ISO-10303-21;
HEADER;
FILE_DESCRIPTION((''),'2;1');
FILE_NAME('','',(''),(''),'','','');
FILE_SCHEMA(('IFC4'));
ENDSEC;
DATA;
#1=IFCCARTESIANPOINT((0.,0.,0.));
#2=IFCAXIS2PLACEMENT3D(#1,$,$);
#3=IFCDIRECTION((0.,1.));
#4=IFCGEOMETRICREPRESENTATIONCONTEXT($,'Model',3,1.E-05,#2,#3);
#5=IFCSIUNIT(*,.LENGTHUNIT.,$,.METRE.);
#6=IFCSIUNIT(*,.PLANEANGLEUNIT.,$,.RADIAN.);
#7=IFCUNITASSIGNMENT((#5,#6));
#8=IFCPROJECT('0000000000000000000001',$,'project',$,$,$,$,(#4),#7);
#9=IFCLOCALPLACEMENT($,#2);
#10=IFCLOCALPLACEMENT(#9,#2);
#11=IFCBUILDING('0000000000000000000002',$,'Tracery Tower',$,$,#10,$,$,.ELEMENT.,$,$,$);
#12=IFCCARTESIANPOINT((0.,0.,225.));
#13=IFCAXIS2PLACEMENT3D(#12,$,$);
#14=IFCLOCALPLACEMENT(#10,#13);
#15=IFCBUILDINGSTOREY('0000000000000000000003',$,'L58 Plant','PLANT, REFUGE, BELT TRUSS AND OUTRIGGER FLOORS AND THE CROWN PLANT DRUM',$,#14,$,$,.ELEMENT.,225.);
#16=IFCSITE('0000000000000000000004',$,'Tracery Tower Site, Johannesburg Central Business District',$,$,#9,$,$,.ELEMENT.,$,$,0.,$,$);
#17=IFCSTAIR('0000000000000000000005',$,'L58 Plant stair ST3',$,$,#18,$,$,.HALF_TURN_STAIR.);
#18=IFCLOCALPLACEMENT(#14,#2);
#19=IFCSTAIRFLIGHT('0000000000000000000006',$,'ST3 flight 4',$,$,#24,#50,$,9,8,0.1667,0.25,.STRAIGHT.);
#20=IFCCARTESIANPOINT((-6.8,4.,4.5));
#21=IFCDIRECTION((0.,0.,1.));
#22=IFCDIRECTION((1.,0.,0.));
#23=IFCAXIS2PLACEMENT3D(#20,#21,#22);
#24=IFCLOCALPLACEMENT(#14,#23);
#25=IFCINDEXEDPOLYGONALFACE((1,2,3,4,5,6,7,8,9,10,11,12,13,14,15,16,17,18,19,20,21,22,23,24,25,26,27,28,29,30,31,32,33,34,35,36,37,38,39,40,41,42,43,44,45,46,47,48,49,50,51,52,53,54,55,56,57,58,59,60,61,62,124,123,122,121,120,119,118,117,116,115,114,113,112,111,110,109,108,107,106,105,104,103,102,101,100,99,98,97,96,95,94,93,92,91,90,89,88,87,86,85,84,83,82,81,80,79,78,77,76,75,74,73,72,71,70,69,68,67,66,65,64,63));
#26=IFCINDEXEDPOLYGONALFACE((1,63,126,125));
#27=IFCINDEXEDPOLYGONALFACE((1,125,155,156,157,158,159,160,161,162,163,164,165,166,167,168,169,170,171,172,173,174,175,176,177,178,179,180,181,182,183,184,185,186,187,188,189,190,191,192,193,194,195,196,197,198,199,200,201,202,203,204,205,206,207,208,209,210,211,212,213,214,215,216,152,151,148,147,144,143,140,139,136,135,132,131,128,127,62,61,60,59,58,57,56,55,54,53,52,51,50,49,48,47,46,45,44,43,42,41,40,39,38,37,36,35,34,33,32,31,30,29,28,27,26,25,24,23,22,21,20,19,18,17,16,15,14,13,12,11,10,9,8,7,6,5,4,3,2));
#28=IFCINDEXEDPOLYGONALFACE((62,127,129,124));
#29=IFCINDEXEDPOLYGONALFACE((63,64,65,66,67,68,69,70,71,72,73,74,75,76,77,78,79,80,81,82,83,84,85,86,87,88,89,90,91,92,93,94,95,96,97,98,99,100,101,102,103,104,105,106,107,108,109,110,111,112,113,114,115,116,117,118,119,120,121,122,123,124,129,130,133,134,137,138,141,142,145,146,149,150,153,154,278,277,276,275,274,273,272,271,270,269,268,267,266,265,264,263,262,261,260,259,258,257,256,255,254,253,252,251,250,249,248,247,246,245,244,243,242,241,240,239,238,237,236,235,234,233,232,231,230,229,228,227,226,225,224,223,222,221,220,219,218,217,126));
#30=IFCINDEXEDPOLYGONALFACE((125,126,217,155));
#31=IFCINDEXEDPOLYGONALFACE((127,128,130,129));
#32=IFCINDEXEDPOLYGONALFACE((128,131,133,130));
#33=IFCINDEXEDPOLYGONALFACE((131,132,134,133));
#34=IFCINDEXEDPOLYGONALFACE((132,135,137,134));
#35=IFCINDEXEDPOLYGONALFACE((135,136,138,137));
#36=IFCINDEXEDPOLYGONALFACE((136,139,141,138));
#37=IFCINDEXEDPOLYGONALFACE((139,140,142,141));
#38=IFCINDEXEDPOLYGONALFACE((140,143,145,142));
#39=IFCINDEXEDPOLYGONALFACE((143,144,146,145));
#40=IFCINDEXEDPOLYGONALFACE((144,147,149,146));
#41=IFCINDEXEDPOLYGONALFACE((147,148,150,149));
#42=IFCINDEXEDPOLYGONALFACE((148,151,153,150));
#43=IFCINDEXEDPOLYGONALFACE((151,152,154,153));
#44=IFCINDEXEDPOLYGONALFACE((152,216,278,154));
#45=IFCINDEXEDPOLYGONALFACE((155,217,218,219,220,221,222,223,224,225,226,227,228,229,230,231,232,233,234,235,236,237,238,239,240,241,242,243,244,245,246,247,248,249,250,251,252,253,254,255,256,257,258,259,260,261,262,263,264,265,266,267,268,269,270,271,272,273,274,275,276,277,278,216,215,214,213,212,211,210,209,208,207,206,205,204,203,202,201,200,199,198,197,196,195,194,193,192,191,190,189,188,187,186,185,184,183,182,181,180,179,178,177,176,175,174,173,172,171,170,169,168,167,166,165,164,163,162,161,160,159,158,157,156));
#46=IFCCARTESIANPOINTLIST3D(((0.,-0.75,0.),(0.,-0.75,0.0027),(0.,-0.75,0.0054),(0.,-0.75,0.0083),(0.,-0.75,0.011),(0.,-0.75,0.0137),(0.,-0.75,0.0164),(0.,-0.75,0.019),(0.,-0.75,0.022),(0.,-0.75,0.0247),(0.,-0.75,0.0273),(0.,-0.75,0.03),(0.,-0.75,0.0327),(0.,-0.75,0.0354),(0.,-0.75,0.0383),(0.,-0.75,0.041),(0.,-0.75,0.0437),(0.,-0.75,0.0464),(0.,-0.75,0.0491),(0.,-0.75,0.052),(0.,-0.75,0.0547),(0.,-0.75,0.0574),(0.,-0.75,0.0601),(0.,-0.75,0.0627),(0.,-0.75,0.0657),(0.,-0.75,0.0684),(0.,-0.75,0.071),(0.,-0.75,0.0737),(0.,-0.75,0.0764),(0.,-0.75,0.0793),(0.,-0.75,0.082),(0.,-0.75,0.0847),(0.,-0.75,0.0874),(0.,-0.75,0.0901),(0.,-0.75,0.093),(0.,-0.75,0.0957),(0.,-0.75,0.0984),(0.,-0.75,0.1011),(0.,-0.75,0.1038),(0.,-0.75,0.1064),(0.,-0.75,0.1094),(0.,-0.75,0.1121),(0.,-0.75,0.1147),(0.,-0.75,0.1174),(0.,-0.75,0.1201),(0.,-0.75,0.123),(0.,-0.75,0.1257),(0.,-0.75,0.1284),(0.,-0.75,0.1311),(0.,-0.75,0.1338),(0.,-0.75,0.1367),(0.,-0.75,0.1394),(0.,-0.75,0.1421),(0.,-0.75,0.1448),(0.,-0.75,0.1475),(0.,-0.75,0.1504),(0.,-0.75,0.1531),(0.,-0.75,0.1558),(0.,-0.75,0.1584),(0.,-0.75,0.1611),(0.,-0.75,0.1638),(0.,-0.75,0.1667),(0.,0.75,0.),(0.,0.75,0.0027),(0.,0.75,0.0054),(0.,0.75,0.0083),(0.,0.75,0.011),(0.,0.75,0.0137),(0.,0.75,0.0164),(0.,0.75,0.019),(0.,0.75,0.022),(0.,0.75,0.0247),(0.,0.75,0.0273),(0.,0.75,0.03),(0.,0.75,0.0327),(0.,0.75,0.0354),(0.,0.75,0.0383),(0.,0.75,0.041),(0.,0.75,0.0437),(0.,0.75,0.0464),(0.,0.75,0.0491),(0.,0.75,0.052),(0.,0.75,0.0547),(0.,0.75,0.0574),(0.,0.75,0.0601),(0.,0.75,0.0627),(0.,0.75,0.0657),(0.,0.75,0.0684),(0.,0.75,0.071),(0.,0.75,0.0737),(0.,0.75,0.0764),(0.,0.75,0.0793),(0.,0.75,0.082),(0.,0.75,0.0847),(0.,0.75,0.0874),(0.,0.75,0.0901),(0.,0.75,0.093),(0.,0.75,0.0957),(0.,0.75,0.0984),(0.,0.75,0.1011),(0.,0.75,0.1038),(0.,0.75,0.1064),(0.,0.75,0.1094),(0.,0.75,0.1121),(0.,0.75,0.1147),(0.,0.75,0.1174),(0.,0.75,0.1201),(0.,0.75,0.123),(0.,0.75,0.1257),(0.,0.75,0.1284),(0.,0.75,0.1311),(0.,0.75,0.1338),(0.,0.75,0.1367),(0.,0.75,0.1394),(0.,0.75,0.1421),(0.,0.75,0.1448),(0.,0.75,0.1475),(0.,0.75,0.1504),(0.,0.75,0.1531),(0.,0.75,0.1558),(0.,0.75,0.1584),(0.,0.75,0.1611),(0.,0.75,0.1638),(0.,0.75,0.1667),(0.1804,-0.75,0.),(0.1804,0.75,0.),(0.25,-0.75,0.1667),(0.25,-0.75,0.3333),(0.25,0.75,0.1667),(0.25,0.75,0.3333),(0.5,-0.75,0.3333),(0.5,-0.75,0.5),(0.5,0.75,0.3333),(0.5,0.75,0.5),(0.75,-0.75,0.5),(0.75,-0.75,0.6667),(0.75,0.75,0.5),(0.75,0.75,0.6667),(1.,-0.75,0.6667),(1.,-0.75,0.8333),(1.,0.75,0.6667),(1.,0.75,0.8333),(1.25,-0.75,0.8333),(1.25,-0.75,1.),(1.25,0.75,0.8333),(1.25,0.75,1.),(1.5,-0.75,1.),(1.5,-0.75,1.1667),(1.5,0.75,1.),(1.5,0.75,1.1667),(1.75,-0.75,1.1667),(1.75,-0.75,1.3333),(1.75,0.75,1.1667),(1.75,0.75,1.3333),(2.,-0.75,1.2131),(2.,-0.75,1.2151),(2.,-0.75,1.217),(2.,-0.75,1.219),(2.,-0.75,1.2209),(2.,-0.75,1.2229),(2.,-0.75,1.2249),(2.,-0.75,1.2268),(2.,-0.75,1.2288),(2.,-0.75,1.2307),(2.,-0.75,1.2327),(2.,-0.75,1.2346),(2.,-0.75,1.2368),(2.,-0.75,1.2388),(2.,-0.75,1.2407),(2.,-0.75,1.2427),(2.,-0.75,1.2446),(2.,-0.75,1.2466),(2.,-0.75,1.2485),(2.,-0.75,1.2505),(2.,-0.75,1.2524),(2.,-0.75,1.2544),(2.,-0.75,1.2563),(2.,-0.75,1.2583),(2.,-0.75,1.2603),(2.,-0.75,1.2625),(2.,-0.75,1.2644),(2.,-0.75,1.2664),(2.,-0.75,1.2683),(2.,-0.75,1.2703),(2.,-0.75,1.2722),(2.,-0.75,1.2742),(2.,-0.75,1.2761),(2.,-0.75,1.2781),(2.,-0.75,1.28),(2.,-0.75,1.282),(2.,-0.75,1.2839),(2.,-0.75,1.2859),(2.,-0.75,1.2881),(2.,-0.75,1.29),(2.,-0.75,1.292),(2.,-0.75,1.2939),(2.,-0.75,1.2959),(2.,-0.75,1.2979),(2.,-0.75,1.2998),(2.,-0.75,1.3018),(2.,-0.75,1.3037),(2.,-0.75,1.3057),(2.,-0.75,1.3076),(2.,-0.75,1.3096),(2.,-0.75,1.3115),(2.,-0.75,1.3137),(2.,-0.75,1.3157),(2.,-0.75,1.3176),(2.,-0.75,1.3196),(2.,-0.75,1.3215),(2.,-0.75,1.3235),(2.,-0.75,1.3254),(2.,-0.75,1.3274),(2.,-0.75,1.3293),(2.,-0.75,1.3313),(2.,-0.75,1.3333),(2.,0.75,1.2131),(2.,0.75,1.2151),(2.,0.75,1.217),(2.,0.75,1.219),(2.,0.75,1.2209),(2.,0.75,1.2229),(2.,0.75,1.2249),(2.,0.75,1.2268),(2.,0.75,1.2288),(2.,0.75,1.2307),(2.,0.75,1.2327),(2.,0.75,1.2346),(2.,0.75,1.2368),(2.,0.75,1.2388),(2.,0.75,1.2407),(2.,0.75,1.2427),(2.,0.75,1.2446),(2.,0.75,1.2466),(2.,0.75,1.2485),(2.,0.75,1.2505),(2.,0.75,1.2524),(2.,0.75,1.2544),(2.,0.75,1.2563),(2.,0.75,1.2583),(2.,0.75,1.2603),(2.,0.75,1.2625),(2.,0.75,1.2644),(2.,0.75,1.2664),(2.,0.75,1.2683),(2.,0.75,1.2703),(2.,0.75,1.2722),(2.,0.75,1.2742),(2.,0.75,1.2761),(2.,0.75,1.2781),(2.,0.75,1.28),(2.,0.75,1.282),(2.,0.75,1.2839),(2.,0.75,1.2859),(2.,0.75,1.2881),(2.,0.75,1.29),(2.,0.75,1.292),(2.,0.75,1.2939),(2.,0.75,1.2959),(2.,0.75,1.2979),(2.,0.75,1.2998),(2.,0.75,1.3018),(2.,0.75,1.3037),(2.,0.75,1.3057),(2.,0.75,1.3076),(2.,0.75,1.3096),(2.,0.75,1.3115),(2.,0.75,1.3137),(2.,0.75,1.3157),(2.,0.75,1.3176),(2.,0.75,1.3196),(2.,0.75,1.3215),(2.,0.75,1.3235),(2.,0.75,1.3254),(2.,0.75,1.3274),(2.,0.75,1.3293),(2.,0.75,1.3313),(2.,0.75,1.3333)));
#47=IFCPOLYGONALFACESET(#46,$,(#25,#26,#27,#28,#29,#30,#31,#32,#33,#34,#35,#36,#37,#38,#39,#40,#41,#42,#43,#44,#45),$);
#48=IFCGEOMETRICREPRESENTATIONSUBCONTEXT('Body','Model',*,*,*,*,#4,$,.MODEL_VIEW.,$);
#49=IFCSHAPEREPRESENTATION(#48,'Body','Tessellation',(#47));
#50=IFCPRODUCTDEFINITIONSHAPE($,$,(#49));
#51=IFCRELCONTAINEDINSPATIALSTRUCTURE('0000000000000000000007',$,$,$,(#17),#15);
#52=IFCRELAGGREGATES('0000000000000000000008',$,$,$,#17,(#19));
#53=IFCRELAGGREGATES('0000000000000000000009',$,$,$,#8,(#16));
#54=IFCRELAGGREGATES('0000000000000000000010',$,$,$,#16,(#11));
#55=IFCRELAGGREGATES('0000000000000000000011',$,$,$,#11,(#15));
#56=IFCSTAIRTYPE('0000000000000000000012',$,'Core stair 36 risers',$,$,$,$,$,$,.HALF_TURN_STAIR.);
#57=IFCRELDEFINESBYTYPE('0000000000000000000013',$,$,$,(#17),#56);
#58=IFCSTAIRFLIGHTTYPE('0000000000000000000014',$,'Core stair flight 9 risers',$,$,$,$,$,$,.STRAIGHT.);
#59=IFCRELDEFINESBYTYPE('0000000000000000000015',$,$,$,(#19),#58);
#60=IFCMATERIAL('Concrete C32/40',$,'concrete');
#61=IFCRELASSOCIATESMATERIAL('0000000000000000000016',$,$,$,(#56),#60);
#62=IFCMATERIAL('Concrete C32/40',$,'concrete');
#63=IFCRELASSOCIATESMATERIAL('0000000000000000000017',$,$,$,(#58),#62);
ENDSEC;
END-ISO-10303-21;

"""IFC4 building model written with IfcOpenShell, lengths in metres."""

from ifc_helpers import new_model, si_unit, direction, frame, origin, place, context, subcontext, project, spatial, polyline, outline, extrude, material, type_object, element, aggregate, save


model = new_model("IFC4")

# Units and contexts
model_context = context("Model", 3, precision=1e-05, world=origin(), true_north=direction((0.0, 1.0)))
body_context = subcontext(model_context, "Body", "Model", "MODEL_VIEW")
ifc_project = project(units=[si_unit("LENGTHUNIT", "METRE"), si_unit("PLANEANGLEUNIT", "RADIAN")], contexts=[model_context])

# Site, building, storey
site_placement = place(None, origin())
site = spatial("IfcSite", under=ifc_project, at=site_placement, Name="Tracery Tower Site, Johannesburg Central Business District", CompositionType="ELEMENT", RefElevation=0.0)
building_placement = place(site_placement, origin())
building = spatial("IfcBuilding", under=site, at=building_placement, Name="Tracery Tower", CompositionType="ELEMENT")
storey_placement = place(building_placement, frame((0.0, 0.0, 225.0)))
storey = spatial("IfcBuildingStorey", under=building, at=storey_placement, Name="L58 Plant", Description="PLANT, REFUGE, BELT TRUSS AND OUTRIGGER FLOORS AND THE CROWN PLANT DRUM", CompositionType="ELEMENT", Elevation=225.0)

# Stair, stair flight
ifc_material_1 = material(Name="Concrete C32/40", Category="concrete")
stair_type = type_object("IfcStairType", Name="Core stair 36 risers", PredefinedType="HALF_TURN_STAIR", material=ifc_material_1)
stair_placement = place(storey_placement, origin())
stair = element("IfcStair", 1, at=stair_placement, inside=storey, type_object=stair_type, Name="L58 Plant stair ST3", PredefinedType="HALF_TURN_STAIR")
ifc_material_2 = material(Name="Concrete C32/40", Category="concrete")
stair_flight_type = type_object("IfcStairFlightType", Name="Core stair flight 9 risers", PredefinedType="STRAIGHT", material=ifc_material_2)
stair_flight_1_placement = place(storey_placement, frame((-6.8, 4.0, 4.5), z_axis=(0.0, 0.0, 1.0), x_axis=(1.0, 0.0, 0.0)))
stair_flight_1 = element("IfcStairFlight", 2, at=stair_flight_1_placement, type_object=stair_flight_type, Name="ST3 flight 4", NumberOfRisers=9, NumberOfTreads=8, PredefinedType="STRAIGHT", RiserHeight=0.1667, TreadLength=0.25, context=body_context, shape_type="SweptSolid", body=[
    extrude(outline(polyline([(0.0, 0.0), (0.0, 0.0027), (0.0, 0.0054), (0.0, 0.0083), (0.0, 0.011), (0.0, 0.0137), (0.0, 0.0164), (0.0, 0.019), (0.0, 0.022), (0.0, 0.0247), (0.0, 0.0273), (0.0, 0.03), (0.0, 0.0327), (0.0, 0.0354), (0.0, 0.0383), (0.0, 0.041), (0.0, 0.0437), (0.0, 0.0464), (0.0, 0.0491), (0.0, 0.052), (0.0, 0.0547), (0.0, 0.0574), (0.0, 0.0601), (0.0, 0.0627), (0.0, 0.0657), (0.0, 0.0684), (0.0, 0.071), (0.0, 0.0737), (0.0, 0.0764), (0.0, 0.0793), (0.0, 0.082), (0.0, 0.0847), (0.0, 0.0874), (0.0, 0.0901), (0.0, 0.093), (0.0, 0.0957), (0.0, 0.0984), (0.0, 0.1011), (0.0, 0.1038), (0.0, 0.1064), (0.0, 0.1094), (0.0, 0.1121), (0.0, 0.1147), (0.0, 0.1174), (0.0, 0.1201), (0.0, 0.123), (0.0, 0.1257), (0.0, 0.1284), (0.0, 0.1311), (0.0, 0.1338), (0.0, 0.1367), (0.0, 0.1394), (0.0, 0.1421), (0.0, 0.1448), (0.0, 0.1475), (0.0, 0.1504), (0.0, 0.1531), (0.0, 0.1558), (0.0, 0.1584), (0.0, 0.1611), (0.0, 0.1638), (0.0, 0.1667), (0.25, 0.1667), (0.25, 0.3333), (0.5, 0.3333), (0.5, 0.5), (0.75, 0.5), (0.75, 0.6667), (1.0, 0.6667), (1.0, 0.8333), (1.25, 0.8333), (1.25, 1.0), (1.5, 1.0), (1.5, 1.1667), (1.75, 1.1667), (1.75, 1.3333), (2.0, 1.3333), (2.0, 1.3313), (2.0, 1.3293), (2.0, 1.3274), (2.0, 1.3254), (2.0, 1.3235), (2.0, 1.3215), (2.0, 1.3196), (2.0, 1.3176), (2.0, 1.3157), (2.0, 1.3137), (2.0, 1.3115), (2.0, 1.3096), (2.0, 1.3076), (2.0, 1.3057), (2.0, 1.3037), (2.0, 1.3018), (2.0, 1.2998), (2.0, 1.2979), (2.0, 1.2959), (2.0, 1.2939), (2.0, 1.292), (2.0, 1.29), (2.0, 1.2881), (2.0, 1.2859), (2.0, 1.2839), (2.0, 1.282), (2.0, 1.28), (2.0, 1.2781), (2.0, 1.2761), (2.0, 1.2742), (2.0, 1.2722), (2.0, 1.2703), (2.0, 1.2683), (2.0, 1.2664), (2.0, 1.2644), (2.0, 1.2625), (2.0, 1.2603), (2.0, 1.2583), (2.0, 1.2563), (2.0, 1.2544), (2.0, 1.2524), (2.0, 1.2505), (2.0, 1.2485), (2.0, 1.2466), (2.0, 1.2446), (2.0, 1.2427), (2.0, 1.2407), (2.0, 1.2388), (2.0, 1.2368), (2.0, 1.2346), (2.0, 1.2327), (2.0, 1.2307), (2.0, 1.2288), (2.0, 1.2268), (2.0, 1.2249), (2.0, 1.2229), (2.0, 1.2209), (2.0, 1.219), (2.0, 1.217), (2.0, 1.2151), (2.0, 1.2131), (0.1804, 0.0), (0.0, 0.0)])), frame((0.0, 0.75, 0.0), z_axis=(0.0, -1.0, 0.0), x_axis=(1.0, 0.0, 0.0)), (0.0, 0.0, 1.0), 1.5),
])
aggregate(stair, [stair_flight_1])

save(model, "model.ifc")
